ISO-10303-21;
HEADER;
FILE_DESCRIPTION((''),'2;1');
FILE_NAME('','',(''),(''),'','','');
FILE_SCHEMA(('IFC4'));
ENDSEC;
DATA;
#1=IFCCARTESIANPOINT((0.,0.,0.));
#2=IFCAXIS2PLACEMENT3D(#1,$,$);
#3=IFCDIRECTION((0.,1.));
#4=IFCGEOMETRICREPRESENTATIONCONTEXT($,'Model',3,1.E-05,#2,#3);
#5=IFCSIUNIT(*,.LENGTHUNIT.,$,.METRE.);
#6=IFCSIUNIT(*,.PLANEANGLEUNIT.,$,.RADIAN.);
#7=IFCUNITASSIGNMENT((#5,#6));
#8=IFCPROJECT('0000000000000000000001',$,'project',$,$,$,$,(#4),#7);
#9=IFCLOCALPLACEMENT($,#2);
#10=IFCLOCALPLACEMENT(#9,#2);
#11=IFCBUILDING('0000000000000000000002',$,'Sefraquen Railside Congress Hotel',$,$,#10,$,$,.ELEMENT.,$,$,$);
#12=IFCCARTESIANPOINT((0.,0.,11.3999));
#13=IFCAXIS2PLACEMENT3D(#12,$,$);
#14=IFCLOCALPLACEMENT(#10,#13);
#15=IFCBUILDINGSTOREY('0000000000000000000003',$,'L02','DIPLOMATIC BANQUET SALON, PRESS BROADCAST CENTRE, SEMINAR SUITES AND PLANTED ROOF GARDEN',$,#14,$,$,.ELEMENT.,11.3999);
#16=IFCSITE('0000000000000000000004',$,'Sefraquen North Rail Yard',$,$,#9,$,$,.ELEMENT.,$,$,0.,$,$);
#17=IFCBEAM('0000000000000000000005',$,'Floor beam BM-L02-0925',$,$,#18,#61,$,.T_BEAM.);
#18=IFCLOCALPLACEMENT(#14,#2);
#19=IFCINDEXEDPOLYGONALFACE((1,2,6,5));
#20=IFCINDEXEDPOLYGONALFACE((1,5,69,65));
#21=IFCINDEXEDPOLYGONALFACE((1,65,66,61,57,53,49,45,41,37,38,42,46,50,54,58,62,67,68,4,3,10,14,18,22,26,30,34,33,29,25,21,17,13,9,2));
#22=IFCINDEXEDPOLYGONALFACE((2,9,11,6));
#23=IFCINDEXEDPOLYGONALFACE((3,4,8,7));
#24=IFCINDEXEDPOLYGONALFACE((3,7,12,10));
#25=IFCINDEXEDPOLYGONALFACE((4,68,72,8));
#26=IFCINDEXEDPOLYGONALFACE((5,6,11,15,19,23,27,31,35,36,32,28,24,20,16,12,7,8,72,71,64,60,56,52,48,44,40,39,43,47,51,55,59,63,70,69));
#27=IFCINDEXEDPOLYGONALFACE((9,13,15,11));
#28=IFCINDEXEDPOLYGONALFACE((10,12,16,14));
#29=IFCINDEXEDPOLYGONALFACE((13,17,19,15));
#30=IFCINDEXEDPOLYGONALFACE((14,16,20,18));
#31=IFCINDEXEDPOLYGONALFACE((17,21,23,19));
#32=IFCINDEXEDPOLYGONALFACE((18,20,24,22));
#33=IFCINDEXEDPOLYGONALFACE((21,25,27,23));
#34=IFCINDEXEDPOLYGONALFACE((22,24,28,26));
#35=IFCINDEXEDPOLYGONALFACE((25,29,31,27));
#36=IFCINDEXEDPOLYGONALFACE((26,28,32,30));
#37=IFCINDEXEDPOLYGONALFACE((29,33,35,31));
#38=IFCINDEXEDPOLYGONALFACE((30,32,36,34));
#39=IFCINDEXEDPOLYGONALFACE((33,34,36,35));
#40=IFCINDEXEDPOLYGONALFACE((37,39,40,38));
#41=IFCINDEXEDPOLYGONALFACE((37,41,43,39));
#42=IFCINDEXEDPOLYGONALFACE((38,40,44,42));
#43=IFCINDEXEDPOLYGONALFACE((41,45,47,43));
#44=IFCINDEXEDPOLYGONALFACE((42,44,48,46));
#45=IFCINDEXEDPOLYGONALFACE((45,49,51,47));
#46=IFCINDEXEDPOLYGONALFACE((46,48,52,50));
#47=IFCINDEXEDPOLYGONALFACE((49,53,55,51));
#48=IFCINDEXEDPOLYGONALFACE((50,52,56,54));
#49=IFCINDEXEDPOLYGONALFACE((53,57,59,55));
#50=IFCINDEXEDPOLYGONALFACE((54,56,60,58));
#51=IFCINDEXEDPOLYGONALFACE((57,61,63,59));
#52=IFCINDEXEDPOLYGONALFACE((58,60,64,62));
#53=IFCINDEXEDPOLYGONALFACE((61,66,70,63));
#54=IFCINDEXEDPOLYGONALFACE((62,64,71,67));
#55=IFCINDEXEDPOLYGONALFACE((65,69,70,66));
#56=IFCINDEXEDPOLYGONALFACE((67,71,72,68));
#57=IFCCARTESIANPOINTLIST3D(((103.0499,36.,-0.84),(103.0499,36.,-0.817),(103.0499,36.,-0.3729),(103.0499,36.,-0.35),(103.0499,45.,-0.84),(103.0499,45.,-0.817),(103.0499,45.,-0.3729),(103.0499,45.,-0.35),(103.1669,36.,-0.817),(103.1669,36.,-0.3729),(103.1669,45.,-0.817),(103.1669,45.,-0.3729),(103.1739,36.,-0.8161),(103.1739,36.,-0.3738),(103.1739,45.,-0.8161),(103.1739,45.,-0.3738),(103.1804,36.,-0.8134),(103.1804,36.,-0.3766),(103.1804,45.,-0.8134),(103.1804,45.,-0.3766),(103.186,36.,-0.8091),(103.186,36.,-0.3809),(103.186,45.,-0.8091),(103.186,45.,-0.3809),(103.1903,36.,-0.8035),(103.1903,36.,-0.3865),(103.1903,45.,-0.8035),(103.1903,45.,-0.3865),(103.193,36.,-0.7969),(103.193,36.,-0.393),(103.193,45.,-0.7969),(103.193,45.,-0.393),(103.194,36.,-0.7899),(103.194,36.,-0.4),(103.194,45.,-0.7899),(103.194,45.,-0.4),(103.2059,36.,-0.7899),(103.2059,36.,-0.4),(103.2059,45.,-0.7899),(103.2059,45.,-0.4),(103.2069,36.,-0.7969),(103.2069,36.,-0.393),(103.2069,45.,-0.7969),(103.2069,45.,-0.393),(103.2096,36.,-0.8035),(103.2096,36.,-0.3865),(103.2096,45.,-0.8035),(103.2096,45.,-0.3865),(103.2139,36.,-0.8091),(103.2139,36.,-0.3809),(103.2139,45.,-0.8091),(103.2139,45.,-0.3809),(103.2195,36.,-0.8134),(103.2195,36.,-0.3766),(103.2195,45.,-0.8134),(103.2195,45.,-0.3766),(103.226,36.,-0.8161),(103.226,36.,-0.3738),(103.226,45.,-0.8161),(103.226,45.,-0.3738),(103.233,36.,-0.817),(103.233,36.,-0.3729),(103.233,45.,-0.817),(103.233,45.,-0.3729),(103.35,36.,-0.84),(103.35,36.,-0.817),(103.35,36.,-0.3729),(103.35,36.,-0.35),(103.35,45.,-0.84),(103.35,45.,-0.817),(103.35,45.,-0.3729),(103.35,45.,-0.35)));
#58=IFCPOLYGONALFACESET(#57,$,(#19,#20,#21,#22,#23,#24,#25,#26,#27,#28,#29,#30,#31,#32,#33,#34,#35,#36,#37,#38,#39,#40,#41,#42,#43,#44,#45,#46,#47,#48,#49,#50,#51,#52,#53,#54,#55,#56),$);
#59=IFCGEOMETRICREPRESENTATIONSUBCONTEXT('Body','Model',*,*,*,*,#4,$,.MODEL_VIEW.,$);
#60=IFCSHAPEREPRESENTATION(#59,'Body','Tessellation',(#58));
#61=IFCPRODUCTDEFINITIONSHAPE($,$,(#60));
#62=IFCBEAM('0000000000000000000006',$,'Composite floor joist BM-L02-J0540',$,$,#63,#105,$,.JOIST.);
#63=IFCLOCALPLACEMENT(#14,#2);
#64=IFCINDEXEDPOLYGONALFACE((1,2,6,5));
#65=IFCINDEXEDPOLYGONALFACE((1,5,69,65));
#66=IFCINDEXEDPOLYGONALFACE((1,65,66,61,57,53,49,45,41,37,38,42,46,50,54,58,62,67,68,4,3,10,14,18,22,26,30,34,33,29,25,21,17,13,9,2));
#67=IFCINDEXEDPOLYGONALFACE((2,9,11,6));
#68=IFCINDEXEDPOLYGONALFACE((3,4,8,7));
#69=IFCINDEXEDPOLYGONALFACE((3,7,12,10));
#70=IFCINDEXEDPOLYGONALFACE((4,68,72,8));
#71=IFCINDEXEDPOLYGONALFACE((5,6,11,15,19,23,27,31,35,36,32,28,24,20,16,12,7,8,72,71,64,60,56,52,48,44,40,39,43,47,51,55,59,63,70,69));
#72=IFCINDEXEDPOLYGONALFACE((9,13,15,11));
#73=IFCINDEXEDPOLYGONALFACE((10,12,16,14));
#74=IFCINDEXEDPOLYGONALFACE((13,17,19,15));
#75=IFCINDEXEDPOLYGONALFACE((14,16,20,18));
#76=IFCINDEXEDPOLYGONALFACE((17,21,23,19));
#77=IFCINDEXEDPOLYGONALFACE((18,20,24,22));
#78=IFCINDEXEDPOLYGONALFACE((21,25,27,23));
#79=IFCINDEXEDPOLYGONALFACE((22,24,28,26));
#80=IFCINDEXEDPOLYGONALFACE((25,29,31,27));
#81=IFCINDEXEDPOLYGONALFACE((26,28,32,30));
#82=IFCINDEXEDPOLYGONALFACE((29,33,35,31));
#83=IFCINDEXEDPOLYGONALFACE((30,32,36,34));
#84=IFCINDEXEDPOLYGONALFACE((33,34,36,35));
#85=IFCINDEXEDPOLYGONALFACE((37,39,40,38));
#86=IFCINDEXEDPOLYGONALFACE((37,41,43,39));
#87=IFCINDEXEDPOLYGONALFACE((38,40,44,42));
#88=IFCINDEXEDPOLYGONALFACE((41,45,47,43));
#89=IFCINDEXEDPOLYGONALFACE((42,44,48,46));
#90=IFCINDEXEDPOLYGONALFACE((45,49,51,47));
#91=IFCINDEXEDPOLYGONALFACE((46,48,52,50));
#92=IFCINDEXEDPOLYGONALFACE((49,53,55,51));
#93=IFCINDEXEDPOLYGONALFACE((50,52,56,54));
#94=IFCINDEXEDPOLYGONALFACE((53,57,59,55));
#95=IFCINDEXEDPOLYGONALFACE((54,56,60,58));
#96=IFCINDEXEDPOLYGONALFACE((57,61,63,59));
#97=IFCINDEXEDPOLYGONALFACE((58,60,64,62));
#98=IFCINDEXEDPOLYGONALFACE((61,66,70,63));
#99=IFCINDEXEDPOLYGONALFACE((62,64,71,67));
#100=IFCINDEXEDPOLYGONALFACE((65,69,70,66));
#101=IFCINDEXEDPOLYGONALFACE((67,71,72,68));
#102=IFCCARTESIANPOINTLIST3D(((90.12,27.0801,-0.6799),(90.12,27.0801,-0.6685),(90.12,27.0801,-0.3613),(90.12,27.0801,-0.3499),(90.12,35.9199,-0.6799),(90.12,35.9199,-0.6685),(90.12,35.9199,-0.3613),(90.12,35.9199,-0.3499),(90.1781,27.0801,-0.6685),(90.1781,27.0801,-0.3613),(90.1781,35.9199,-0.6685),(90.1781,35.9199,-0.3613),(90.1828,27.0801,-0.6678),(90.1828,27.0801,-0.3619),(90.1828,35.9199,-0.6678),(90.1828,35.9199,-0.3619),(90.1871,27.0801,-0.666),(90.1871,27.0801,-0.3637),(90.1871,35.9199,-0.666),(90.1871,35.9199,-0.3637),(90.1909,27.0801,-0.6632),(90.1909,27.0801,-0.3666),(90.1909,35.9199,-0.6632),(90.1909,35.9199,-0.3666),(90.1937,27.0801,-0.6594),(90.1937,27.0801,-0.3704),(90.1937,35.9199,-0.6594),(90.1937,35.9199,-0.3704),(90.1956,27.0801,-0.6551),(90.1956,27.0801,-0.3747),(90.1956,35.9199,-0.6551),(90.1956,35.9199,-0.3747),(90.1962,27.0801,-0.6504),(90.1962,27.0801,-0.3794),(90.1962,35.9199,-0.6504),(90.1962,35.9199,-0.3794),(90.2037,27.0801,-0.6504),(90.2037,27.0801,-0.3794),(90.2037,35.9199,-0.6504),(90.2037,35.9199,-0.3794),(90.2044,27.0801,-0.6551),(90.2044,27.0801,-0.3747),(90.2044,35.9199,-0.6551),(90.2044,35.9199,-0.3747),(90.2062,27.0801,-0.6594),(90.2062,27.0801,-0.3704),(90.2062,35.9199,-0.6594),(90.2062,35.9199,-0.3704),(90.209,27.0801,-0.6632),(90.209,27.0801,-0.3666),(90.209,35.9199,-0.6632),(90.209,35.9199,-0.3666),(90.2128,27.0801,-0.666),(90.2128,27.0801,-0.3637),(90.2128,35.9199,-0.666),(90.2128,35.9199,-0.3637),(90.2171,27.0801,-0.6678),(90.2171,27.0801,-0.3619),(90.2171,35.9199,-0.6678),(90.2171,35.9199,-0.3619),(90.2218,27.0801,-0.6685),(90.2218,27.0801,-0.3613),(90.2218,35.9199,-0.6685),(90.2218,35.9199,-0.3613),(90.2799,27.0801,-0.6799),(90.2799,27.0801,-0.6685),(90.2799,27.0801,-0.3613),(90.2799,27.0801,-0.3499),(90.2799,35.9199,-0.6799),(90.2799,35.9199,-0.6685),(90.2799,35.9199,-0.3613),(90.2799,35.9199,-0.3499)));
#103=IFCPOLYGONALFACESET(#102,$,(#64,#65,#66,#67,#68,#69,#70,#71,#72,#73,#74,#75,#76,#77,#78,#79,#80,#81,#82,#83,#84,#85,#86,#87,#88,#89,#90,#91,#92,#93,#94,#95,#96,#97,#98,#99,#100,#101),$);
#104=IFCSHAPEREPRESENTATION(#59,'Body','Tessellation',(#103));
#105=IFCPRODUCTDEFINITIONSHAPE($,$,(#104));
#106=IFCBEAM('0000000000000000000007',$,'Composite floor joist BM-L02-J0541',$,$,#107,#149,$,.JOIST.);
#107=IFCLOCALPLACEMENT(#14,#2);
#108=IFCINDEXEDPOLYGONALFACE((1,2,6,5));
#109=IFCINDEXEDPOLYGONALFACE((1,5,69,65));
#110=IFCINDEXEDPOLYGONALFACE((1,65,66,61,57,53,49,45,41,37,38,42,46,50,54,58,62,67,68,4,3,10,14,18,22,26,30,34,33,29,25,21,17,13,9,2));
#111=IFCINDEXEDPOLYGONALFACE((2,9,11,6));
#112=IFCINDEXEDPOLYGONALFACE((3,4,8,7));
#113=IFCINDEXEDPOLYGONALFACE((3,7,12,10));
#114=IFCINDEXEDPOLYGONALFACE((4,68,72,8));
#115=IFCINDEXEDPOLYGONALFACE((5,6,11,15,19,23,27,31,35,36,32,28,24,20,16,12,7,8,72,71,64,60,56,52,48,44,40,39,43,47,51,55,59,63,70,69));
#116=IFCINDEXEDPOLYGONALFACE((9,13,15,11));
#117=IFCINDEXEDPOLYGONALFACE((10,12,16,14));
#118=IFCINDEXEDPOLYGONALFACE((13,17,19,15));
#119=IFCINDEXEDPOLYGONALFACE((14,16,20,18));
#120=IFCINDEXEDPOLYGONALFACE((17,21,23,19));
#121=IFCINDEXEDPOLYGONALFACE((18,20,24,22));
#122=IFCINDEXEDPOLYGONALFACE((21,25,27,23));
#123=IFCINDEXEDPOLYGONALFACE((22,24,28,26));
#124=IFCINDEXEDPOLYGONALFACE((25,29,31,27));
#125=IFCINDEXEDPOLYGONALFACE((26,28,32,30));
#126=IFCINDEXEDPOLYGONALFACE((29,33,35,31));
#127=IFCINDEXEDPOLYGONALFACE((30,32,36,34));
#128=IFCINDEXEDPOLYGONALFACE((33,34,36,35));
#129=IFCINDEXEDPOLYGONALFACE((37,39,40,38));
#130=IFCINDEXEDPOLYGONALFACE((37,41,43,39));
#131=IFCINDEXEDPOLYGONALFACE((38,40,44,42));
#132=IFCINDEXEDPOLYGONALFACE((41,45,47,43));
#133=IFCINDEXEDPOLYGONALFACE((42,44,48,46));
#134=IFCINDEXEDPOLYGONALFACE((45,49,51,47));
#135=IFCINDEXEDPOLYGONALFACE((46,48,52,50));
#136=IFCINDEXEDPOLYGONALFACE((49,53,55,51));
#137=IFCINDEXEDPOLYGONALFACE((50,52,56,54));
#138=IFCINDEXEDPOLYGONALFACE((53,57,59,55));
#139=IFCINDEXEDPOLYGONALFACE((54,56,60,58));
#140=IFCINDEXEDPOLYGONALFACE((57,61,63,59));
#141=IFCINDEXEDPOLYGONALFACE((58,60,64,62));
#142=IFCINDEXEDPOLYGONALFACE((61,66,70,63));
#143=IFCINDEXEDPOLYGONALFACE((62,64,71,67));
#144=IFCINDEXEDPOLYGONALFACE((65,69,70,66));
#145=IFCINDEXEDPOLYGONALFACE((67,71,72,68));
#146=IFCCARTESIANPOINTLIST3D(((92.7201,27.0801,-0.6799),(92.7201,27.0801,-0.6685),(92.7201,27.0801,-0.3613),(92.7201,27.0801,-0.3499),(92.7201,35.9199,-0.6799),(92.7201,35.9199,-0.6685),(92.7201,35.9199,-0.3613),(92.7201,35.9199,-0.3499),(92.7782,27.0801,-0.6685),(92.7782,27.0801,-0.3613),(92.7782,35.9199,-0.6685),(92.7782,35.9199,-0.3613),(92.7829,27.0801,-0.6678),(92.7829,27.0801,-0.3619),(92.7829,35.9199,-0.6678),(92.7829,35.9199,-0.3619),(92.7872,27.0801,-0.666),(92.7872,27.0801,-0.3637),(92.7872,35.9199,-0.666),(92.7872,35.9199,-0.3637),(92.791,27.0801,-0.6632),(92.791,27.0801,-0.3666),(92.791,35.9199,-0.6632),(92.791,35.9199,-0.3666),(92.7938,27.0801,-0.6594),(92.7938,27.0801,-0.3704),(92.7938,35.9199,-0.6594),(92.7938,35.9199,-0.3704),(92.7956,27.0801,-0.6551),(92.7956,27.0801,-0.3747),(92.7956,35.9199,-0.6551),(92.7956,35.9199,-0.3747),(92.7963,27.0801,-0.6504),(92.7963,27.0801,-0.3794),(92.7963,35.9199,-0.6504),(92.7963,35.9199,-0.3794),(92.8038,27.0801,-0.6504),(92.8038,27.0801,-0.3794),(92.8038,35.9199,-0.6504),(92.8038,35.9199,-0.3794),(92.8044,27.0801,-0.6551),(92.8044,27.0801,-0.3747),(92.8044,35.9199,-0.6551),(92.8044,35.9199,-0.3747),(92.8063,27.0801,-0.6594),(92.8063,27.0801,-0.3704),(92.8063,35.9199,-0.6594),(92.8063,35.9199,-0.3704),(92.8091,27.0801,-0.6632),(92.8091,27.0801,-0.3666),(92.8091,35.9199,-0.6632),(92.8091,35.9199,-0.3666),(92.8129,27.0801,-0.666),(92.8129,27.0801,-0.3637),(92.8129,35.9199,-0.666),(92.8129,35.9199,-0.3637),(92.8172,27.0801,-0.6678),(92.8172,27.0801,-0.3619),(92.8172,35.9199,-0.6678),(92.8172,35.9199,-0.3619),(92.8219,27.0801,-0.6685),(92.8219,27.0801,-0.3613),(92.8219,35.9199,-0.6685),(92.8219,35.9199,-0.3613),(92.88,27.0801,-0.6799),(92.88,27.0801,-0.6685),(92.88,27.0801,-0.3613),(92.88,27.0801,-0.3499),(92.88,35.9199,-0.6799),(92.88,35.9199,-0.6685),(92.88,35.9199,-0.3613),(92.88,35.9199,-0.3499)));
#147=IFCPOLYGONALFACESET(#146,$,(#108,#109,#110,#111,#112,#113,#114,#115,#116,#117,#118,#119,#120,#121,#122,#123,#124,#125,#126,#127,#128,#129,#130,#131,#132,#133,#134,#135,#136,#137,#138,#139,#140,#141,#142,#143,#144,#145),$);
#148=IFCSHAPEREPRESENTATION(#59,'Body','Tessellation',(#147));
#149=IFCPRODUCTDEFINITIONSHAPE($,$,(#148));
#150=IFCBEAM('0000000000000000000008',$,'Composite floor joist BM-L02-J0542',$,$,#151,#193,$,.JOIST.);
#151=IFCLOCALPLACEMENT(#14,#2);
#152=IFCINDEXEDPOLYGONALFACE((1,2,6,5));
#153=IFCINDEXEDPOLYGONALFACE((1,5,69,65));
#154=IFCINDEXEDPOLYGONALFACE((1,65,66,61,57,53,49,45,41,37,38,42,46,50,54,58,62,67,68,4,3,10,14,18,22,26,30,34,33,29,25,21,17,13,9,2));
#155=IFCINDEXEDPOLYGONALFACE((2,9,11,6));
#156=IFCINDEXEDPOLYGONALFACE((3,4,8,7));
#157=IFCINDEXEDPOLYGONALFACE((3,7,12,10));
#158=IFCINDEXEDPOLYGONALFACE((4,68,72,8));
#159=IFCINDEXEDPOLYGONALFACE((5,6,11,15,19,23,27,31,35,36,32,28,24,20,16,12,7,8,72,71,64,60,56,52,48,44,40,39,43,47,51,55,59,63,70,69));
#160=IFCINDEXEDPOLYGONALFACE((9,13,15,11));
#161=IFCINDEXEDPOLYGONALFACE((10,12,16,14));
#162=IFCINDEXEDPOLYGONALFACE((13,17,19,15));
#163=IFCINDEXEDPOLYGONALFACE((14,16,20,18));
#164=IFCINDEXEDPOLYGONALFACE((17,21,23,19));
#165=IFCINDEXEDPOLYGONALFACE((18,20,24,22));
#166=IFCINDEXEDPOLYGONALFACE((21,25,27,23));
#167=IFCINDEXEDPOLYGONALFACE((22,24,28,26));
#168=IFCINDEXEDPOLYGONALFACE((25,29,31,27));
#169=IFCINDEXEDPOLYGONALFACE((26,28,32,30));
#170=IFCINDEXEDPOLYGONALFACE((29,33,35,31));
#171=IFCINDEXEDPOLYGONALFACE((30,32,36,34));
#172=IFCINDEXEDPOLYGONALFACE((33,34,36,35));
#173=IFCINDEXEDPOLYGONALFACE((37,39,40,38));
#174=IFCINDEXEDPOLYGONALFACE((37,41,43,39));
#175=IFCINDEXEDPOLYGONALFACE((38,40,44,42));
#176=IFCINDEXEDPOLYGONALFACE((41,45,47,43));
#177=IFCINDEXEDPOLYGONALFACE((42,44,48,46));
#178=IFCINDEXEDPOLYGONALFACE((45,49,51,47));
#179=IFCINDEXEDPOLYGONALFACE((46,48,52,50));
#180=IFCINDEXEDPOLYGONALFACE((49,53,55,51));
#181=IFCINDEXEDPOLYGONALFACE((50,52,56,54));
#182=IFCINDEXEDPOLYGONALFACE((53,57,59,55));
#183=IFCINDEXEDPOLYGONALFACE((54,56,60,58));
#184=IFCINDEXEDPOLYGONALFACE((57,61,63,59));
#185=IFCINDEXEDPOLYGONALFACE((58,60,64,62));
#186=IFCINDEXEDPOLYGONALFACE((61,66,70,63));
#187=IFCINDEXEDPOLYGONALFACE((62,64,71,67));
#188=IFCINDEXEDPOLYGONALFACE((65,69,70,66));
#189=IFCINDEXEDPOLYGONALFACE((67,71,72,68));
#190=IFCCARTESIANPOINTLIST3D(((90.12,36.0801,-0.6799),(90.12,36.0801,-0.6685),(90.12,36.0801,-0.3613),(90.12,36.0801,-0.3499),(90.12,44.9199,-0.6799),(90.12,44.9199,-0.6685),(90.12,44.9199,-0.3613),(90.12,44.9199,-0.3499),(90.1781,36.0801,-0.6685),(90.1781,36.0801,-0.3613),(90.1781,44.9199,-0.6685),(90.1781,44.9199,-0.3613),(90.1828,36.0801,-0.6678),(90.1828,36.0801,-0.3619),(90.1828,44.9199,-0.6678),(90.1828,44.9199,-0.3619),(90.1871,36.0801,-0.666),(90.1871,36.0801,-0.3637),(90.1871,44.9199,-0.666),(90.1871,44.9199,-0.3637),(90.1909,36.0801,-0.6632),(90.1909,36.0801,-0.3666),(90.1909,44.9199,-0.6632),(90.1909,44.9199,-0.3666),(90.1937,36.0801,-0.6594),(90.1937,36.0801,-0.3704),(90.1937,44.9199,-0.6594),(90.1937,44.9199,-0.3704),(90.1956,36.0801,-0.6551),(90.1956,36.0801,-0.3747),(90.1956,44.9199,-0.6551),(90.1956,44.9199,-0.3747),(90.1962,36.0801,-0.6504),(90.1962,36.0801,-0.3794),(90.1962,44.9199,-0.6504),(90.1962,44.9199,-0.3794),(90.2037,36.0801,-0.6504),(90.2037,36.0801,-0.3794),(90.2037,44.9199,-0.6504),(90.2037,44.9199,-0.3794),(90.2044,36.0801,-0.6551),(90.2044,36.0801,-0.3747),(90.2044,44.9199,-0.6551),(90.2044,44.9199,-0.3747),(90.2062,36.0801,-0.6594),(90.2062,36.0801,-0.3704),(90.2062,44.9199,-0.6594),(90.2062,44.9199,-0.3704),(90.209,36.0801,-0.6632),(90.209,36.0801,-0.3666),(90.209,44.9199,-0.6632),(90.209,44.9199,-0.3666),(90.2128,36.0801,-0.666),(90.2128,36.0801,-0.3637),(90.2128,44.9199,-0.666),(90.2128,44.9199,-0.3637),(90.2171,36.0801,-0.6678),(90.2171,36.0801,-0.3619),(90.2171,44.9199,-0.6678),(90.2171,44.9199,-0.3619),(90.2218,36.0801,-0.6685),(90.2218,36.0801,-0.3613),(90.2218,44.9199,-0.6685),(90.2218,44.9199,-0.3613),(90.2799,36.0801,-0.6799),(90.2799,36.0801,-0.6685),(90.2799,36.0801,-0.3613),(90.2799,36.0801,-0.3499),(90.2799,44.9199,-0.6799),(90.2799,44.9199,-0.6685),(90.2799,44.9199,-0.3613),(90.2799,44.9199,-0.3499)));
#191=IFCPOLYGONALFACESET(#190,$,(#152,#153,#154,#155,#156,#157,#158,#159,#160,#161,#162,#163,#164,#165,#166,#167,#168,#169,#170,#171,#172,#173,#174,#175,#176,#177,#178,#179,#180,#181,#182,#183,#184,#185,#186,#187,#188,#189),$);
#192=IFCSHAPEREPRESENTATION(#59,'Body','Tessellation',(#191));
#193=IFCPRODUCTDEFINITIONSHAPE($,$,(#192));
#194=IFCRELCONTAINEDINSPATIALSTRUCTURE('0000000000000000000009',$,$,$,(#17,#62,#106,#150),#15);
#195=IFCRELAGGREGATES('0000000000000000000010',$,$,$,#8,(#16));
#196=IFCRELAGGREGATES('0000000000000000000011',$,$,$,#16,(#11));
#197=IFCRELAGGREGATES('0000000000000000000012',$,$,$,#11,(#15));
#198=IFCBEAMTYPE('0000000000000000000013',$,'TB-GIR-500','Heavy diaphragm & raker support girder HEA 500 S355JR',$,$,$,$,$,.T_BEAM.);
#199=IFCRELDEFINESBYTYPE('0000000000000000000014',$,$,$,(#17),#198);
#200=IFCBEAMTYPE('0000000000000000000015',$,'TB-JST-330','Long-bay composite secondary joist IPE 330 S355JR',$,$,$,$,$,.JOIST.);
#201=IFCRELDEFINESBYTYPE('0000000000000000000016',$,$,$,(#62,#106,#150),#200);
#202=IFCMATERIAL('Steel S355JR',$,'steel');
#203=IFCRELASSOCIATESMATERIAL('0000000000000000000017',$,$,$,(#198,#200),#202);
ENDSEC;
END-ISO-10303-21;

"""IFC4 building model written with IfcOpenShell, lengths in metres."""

from ifc_helpers import new_model, si_unit, direction, frame, origin, origin_2d, place, context, subcontext, project, spatial, i_section, extrude, material, material_profile, profile_set, type_object, element, save


model = new_model("IFC4")

# Units and contexts
model_context = context("Model", 3, precision=1e-05, world=origin(), true_north=direction((0.0, 1.0)))
body_context = subcontext(model_context, "Body", "Model", "MODEL_VIEW")
ifc_project = project(units=[si_unit("LENGTHUNIT", "METRE"), si_unit("PLANEANGLEUNIT", "RADIAN")], contexts=[model_context])

# Site, building, storey
site_placement = place(None, origin())
site = spatial("IfcSite", under=ifc_project, at=site_placement, Name="Sefraquen North Rail Yard", CompositionType="ELEMENT", RefElevation=0.0)
building_placement = place(site_placement, origin())
building = spatial("IfcBuilding", under=site, at=building_placement, Name="Sefraquen Railside Congress Hotel", CompositionType="ELEMENT")
storey_placement = place(building_placement, frame((0.0, 0.0, 11.3999)))
storey = spatial("IfcBuildingStorey", under=building, at=storey_placement, Name="L02", Description="DIPLOMATIC BANQUET SALON, PRESS BROADCAST CENTRE, SEMINAR SUITES AND PLANTED ROOF GARDEN", CompositionType="ELEMENT", Elevation=11.3999)

# Shared definitions
ifc_material_1 = material(Name="Steel S355JR", Category="steel")

# Beams
ifc_material_profile_1 = material_profile(ifc_material_1, i_section(OverallWidth=0.3, OverallDepth=0.49, WebThickness=0.012, FlangeThickness=0.0229, FilletRadius=0.0271, at=origin_2d()), Name="HEA 500")
ifc_profile_set_1 = profile_set([ifc_material_profile_1], Name="Steel S355JR")
beam_type_1 = type_object("IfcBeamType", Name="TB-GIR-500", Description="Heavy diaphragm & raker support girder HEA 500 S355JR", PredefinedType="T_BEAM", material=ifc_profile_set_1)
for number, where, z_axis, x_axis, name in (
    (1, (103.2, 36.0, -0.595), (0.0, 1.0, 0.0), (-1.0, 0.0, 0.0), "Floor beam BM-L02-0925"),
):
    element("IfcBeam", number, at=place(storey_placement, frame(where, z_axis=z_axis, x_axis=x_axis)), inside=storey, type_object=beam_type_1, Name=name, PredefinedType="T_BEAM", context=body_context, shape_type="SweptSolid", body=[
        extrude(i_section(OverallWidth=0.3, OverallDepth=0.49, WebThickness=0.012, FlangeThickness=0.0229, FilletRadius=0.0271, at=origin_2d()), origin(), (0.0, 0.0, 1.0), 9.0),
    ])
ifc_material_profile_2 = material_profile(ifc_material_1, i_section(OverallWidth=0.1599, OverallDepth=0.3301, WebThickness=0.0076, FlangeThickness=0.0115, FilletRadius=0.0181, at=origin_2d()), Name="IPE 330")
ifc_profile_set_2 = profile_set([ifc_material_profile_2], Name="Steel S355JR")
beam_type_2 = type_object("IfcBeamType", Name="TB-JST-330", Description="Long-bay composite secondary joist IPE 330 S355JR", PredefinedType="JOIST", material=ifc_profile_set_2)
for number, where, z_axis, x_axis, name in (
    (2, (90.2, 27.0801, -0.5149), (0.0, 1.0, 0.0), (-1.0, 0.0, 0.0), "Composite floor joist BM-L02-J0540"),
    (3, (92.8, 27.0801, -0.5149), (0.0, 1.0, 0.0), (-1.0, 0.0, 0.0), "Composite floor joist BM-L02-J0541"),
    (4, (90.2, 36.0801, -0.5149), (0.0, 1.0, 0.0), (-1.0, 0.0, 0.0), "Composite floor joist BM-L02-J0542"),
):
    element("IfcBeam", number, at=place(storey_placement, frame(where, z_axis=z_axis, x_axis=x_axis)), inside=storey, type_object=beam_type_2, Name=name, PredefinedType="JOIST", context=body_context, shape_type="SweptSolid", body=[
        extrude(i_section(OverallWidth=0.1599, OverallDepth=0.3301, WebThickness=0.0076, FlangeThickness=0.0115, FilletRadius=0.0181, at=origin_2d()), origin(), (0.0, 0.0, 1.0), 8.8398),
    ])

save(model, "model.ifc")
